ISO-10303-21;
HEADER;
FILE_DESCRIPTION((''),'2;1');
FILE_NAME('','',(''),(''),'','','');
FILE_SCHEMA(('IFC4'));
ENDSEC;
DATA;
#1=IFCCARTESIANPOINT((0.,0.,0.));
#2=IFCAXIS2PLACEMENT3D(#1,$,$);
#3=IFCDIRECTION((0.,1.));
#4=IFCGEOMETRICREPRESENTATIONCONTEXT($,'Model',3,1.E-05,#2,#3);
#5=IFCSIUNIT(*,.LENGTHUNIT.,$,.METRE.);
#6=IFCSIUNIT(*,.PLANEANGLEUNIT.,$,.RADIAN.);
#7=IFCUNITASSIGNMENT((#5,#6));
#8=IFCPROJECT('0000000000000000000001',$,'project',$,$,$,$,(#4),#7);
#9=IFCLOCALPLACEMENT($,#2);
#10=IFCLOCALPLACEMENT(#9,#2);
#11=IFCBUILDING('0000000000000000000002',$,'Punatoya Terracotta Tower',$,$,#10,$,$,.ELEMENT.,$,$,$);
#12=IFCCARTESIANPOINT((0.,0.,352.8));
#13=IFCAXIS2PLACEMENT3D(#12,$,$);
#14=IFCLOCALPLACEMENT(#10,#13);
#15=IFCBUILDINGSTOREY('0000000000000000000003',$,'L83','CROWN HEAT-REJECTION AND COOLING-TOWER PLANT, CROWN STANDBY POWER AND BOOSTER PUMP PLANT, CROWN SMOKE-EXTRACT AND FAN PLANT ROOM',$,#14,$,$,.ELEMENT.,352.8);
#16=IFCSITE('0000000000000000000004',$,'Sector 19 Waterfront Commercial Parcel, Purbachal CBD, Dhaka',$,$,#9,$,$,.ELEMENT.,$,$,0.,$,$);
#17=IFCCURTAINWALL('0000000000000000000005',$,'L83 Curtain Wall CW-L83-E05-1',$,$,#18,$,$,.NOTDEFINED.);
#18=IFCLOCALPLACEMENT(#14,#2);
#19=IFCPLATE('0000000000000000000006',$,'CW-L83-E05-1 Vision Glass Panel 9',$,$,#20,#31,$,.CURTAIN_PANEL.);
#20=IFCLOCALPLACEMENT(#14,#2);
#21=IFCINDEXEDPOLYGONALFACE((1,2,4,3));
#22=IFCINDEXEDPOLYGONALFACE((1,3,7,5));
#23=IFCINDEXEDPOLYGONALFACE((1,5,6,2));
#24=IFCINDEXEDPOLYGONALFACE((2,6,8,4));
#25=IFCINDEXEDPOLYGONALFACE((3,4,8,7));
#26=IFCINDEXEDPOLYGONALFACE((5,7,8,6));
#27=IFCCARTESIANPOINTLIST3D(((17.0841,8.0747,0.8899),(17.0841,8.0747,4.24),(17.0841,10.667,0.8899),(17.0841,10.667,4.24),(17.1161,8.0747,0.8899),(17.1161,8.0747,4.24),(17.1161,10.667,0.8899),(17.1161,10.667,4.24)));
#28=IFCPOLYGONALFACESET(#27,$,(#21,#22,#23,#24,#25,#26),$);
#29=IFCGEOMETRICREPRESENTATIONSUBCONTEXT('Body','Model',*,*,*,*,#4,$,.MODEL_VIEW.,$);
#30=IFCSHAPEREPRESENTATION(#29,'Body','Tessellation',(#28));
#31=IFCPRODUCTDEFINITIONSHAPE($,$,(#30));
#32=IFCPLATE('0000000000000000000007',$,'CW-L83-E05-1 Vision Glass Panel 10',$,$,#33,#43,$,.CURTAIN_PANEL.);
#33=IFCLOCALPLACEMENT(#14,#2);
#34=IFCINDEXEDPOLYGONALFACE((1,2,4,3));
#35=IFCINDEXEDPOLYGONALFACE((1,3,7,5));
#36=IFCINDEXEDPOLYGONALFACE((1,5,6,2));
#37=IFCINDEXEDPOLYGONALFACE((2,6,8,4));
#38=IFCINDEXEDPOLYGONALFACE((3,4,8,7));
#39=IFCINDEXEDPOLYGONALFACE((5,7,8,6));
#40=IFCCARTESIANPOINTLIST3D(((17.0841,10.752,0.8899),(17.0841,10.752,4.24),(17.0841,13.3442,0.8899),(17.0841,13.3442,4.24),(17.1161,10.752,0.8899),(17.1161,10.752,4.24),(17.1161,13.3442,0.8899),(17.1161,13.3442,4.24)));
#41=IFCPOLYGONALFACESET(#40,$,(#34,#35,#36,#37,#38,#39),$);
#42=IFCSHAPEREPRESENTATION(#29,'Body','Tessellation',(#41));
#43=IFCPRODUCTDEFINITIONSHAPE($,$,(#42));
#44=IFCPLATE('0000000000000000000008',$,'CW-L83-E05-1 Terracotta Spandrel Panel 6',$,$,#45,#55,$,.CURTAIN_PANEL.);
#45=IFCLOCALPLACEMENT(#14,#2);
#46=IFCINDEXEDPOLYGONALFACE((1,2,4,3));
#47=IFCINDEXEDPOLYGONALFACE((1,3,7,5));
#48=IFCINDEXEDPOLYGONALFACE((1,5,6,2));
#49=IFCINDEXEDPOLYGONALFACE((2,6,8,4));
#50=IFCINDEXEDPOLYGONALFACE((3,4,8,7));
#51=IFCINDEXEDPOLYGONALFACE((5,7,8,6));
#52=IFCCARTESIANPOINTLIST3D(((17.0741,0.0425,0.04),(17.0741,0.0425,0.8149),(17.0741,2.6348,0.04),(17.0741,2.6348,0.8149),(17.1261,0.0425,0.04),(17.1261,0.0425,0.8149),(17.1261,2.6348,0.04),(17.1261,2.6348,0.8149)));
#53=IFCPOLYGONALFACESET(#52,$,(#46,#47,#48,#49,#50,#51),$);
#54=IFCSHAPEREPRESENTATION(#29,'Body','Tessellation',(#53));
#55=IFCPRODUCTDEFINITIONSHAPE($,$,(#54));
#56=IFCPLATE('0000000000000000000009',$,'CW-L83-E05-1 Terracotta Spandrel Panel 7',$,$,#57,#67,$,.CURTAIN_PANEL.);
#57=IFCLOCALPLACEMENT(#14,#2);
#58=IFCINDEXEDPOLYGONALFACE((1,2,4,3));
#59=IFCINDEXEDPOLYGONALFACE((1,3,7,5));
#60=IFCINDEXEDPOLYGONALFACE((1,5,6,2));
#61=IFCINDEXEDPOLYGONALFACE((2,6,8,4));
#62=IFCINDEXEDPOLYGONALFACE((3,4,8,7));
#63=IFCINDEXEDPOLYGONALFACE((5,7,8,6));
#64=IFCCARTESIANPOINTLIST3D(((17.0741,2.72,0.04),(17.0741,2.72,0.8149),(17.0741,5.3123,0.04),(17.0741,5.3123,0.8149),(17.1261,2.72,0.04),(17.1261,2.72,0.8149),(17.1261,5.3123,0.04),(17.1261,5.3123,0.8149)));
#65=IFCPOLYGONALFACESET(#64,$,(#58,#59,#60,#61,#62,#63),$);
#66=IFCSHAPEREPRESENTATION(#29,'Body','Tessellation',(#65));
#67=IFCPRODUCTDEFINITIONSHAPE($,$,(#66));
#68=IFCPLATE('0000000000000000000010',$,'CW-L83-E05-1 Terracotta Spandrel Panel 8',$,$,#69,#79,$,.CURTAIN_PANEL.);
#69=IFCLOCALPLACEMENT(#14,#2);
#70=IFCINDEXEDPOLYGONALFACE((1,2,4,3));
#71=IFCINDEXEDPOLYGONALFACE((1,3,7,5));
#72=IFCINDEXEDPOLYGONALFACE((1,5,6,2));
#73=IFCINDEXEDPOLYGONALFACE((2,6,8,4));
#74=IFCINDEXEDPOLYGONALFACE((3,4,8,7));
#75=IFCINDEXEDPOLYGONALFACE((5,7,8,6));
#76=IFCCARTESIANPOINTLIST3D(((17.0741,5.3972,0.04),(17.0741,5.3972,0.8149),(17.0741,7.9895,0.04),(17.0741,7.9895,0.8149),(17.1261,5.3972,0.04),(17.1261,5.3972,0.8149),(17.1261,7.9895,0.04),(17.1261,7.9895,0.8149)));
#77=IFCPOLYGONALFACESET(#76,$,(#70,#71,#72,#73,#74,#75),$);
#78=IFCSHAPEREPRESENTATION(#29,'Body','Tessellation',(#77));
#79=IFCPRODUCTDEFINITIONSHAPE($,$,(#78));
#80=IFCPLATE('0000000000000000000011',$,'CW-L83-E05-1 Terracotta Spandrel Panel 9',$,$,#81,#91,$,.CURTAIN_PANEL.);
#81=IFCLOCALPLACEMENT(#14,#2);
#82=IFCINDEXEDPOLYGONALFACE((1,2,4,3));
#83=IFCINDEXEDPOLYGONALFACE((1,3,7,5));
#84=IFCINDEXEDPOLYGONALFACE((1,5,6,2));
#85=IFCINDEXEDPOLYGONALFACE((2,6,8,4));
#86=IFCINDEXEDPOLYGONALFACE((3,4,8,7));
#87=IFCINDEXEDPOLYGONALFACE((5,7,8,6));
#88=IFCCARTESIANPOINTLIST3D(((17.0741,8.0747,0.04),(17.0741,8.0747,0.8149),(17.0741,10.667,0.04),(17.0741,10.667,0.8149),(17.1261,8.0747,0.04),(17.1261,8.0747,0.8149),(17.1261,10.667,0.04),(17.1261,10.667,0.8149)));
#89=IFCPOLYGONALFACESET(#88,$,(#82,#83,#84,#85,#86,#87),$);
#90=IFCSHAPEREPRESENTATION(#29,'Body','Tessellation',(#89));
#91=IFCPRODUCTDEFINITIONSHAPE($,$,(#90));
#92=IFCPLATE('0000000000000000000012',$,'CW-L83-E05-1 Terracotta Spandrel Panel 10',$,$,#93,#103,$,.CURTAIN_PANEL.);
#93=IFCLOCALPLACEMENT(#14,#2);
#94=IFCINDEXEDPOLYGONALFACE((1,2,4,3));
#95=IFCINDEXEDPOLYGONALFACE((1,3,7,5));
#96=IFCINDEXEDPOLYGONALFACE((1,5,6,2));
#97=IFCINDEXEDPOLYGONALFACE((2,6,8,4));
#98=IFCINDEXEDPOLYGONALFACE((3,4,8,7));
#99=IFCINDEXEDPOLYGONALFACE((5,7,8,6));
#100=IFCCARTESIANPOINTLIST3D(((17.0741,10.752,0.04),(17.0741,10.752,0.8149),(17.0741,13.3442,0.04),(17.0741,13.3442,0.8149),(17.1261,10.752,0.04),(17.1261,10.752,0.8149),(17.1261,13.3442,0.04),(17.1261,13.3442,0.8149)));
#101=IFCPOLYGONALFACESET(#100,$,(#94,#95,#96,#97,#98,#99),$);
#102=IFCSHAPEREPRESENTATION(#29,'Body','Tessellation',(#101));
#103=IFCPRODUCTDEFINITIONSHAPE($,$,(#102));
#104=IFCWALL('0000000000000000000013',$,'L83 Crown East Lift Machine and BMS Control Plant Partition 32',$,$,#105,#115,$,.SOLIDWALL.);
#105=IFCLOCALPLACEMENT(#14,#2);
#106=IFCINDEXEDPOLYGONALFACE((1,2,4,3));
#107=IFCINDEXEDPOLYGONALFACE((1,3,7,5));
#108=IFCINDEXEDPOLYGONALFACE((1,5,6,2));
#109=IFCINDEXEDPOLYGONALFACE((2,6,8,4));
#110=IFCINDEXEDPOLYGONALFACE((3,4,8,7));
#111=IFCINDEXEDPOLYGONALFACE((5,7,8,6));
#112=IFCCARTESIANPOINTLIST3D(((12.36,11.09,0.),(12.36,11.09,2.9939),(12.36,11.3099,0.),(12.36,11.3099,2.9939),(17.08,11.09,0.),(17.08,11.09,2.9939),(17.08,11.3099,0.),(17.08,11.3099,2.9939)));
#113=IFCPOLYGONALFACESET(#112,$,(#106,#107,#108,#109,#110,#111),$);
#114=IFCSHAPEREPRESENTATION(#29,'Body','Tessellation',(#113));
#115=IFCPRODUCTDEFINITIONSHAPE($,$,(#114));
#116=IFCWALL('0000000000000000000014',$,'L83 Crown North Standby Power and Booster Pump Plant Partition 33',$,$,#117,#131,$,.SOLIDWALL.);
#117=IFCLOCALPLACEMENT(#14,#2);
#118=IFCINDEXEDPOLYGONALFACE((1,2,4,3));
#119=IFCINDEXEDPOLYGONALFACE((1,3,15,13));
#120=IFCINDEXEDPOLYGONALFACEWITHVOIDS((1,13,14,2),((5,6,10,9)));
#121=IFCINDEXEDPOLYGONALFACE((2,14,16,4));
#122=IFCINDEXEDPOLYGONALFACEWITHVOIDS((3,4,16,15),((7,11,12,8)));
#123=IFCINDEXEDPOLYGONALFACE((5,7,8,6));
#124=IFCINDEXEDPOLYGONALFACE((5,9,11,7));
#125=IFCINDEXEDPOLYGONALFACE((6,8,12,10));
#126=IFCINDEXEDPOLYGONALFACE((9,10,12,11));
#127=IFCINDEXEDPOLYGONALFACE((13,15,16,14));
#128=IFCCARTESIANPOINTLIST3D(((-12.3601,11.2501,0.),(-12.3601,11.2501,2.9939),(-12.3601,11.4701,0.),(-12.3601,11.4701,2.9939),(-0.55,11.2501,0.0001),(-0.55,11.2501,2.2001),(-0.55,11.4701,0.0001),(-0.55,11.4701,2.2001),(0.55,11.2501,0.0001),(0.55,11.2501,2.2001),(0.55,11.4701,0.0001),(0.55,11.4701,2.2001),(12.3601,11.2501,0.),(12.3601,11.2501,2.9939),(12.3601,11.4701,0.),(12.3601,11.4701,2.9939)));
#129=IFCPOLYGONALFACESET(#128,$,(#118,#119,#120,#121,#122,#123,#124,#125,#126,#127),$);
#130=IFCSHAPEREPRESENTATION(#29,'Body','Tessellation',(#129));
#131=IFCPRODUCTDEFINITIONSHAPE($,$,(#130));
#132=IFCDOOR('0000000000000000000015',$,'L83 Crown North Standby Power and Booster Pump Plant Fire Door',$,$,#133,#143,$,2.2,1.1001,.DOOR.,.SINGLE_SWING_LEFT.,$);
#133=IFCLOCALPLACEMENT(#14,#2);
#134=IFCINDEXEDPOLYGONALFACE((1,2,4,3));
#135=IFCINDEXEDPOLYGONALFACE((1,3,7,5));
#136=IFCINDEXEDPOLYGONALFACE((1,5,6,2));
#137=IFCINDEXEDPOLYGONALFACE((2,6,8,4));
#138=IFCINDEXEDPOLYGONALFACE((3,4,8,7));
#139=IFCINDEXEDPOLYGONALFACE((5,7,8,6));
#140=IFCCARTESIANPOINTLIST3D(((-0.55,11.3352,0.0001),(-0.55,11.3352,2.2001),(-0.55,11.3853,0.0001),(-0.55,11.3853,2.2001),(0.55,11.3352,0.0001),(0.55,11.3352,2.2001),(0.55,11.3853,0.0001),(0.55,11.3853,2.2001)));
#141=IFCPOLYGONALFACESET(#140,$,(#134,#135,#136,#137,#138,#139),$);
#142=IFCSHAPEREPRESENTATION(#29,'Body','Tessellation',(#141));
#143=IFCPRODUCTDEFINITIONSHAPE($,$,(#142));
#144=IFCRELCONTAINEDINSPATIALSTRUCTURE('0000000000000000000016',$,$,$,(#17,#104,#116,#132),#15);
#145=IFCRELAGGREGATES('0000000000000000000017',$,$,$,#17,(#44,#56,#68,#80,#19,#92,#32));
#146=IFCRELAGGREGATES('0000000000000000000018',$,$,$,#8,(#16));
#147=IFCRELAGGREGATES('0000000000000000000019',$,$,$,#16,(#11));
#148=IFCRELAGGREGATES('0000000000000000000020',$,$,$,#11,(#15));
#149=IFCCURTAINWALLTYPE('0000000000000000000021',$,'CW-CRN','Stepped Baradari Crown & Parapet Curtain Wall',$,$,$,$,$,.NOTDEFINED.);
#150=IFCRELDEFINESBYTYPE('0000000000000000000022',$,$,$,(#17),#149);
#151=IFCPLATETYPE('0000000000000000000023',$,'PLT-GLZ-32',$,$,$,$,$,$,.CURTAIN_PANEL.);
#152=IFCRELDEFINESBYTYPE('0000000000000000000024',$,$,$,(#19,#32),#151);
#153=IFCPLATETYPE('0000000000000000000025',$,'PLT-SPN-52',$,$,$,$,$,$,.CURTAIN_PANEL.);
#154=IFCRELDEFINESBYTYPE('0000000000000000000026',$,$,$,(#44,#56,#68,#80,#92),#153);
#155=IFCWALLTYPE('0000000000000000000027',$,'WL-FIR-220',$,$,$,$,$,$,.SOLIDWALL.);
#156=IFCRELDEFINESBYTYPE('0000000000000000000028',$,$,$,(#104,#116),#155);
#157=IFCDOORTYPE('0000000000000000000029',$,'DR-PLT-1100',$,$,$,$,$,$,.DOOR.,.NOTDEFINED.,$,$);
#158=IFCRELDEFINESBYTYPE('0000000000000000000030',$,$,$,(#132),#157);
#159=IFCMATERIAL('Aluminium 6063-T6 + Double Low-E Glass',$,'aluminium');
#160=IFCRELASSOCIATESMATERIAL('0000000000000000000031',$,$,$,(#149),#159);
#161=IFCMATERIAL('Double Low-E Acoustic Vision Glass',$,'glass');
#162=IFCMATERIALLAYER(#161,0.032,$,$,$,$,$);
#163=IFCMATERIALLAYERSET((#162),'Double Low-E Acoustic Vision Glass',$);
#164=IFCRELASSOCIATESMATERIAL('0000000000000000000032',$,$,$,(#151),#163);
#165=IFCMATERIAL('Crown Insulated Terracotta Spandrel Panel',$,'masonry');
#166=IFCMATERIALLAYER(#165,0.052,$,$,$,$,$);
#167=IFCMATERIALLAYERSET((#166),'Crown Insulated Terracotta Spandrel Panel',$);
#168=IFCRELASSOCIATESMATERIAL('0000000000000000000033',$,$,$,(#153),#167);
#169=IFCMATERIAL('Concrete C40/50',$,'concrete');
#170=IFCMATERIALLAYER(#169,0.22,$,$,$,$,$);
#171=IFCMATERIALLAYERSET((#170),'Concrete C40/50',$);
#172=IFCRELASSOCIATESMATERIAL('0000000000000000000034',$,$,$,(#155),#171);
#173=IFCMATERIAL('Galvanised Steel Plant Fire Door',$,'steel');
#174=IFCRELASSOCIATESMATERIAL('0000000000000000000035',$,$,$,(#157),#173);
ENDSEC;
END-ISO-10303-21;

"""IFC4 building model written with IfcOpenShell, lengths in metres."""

from ifc_helpers import new_model, si_unit, direction, frame, frame_2d, origin, origin_2d, place, context, subcontext, project, spatial, rectangle, extrude, material, layer, layer_set, type_object, element, fill, aggregate, save


model = new_model("IFC4")

# Units and contexts
model_context = context("Model", 3, precision=1e-05, world=origin(), true_north=direction((0.0, 1.0)))
body_context = subcontext(model_context, "Body", "Model", "MODEL_VIEW")
ifc_project = project(units=[si_unit("LENGTHUNIT", "METRE"), si_unit("PLANEANGLEUNIT", "RADIAN")], contexts=[model_context])

# Site, building, storey
site_placement = place(None, origin())
site = spatial("IfcSite", under=ifc_project, at=site_placement, Name="Sector 19 Waterfront Commercial Parcel, Purbachal CBD, Dhaka", CompositionType="ELEMENT", RefElevation=0.0)
building_placement = place(site_placement, origin())
building = spatial("IfcBuilding", under=site, at=building_placement, Name="Punatoya Terracotta Tower", CompositionType="ELEMENT")
storey_placement = place(building_placement, frame((0.0, 0.0, 352.8)))
storey = spatial("IfcBuildingStorey", under=building, at=storey_placement, Name="L83", Description="CROWN HEAT-REJECTION AND COOLING-TOWER PLANT, CROWN STANDBY POWER AND BOOSTER PUMP PLANT, CROWN SMOKE-EXTRACT AND FAN PLANT ROOM", CompositionType="ELEMENT", Elevation=352.8)

# Curtain wall, plates
ifc_material_1 = material(Name="Aluminium 6063-T6 + Double Low-E Glass", Category="aluminium")
curtain_wall_type = type_object("IfcCurtainWallType", Name="CW-CRN", Description="Stepped Baradari Crown & Parapet Curtain Wall", PredefinedType="NOTDEFINED", material=ifc_material_1)
curtain_wall_placement = place(storey_placement, origin())
curtain_wall = element("IfcCurtainWall", 1, at=curtain_wall_placement, inside=storey, type_object=curtain_wall_type, Name="L83 Curtain Wall CW-L83-E05-1", PredefinedType="NOTDEFINED")
ifc_material_2 = material(Name="Double Low-E Acoustic Vision Glass", Category="glass")
ifc_layer_1 = layer(ifc_material_2, 0.032)
ifc_layer_set_1 = layer_set([ifc_layer_1], Name="Double Low-E Acoustic Vision Glass")
plate_type_1 = type_object("IfcPlateType", Name="PLT-GLZ-32", PredefinedType="CURTAIN_PANEL", material=ifc_layer_set_1)
plate_1_placement = place(storey_placement, frame((17.1001, 9.3708, 0.8899), z_axis=(0.0, 0.0, 1.0), x_axis=(0.0, 1.0, 0.0)))
plate_1 = element("IfcPlate", 2, at=plate_1_placement, type_object=plate_type_1, Name="CW-L83-E05-1 Vision Glass Panel 9", PredefinedType="CURTAIN_PANEL", context=body_context, shape_type="SweptSolid", body=[
    extrude(rectangle(XDim=2.5923, YDim=0.032, at=origin_2d()), origin(), (0.0, 0.0, 1.0), 3.3501),
])
plate_2_placement = place(storey_placement, frame((17.1001, 12.0481, 0.8899), z_axis=(0.0, 0.0, 1.0), x_axis=(0.0, 1.0, 0.0)))
plate_2 = element("IfcPlate", 3, at=plate_2_placement, type_object=plate_type_1, Name="CW-L83-E05-1 Vision Glass Panel 10", PredefinedType="CURTAIN_PANEL", context=body_context, shape_type="SweptSolid", body=[
    extrude(rectangle(XDim=2.5923, YDim=0.032, at=origin_2d()), origin(), (0.0, 0.0, 1.0), 3.3501),
])
ifc_material_3 = material(Name="Crown Insulated Terracotta Spandrel Panel", Category="masonry")
ifc_layer_2 = layer(ifc_material_3, 0.052)
ifc_layer_set_2 = layer_set([ifc_layer_2], Name="Crown Insulated Terracotta Spandrel Panel")
plate_type_2 = type_object("IfcPlateType", Name="PLT-SPN-52", PredefinedType="CURTAIN_PANEL", material=ifc_layer_set_2)
plate_3_placement = place(storey_placement, frame((17.1001, 1.3386, 0.04), z_axis=(0.0, 0.0, 1.0), x_axis=(0.0, 1.0, 0.0)))
plate_3 = element("IfcPlate", 4, at=plate_3_placement, type_object=plate_type_2, Name="CW-L83-E05-1 Terracotta Spandrel Panel 6", PredefinedType="CURTAIN_PANEL", context=body_context, shape_type="SweptSolid", body=[
    extrude(rectangle(XDim=2.5923, YDim=0.052, at=origin_2d()), origin(), (0.0, 0.0, 1.0), 0.7749),
])
plate_4_placement = place(storey_placement, frame((17.1001, 4.0161, 0.04), z_axis=(0.0, 0.0, 1.0), x_axis=(0.0, 1.0, 0.0)))
plate_4 = element("IfcPlate", 5, at=plate_4_placement, type_object=plate_type_2, Name="CW-L83-E05-1 Terracotta Spandrel Panel 7", PredefinedType="CURTAIN_PANEL", context=body_context, shape_type="SweptSolid", body=[
    extrude(rectangle(XDim=2.5923, YDim=0.052, at=origin_2d()), origin(), (0.0, 0.0, 1.0), 0.7749),
])
plate_5_placement = place(storey_placement, frame((17.1001, 6.6934, 0.04), z_axis=(0.0, 0.0, 1.0), x_axis=(0.0, 1.0, 0.0)))
plate_5 = element("IfcPlate", 6, at=plate_5_placement, type_object=plate_type_2, Name="CW-L83-E05-1 Terracotta Spandrel Panel 8", PredefinedType="CURTAIN_PANEL", context=body_context, shape_type="SweptSolid", body=[
    extrude(rectangle(XDim=2.5923, YDim=0.052, at=origin_2d()), origin(), (0.0, 0.0, 1.0), 0.7749),
])
plate_6_placement = place(storey_placement, frame((17.1001, 9.3708, 0.04), z_axis=(0.0, 0.0, 1.0), x_axis=(0.0, 1.0, 0.0)))
plate_6 = element("IfcPlate", 7, at=plate_6_placement, type_object=plate_type_2, Name="CW-L83-E05-1 Terracotta Spandrel Panel 9", PredefinedType="CURTAIN_PANEL", context=body_context, shape_type="SweptSolid", body=[
    extrude(rectangle(XDim=2.5923, YDim=0.052, at=origin_2d()), origin(), (0.0, 0.0, 1.0), 0.7749),
])
plate_7_placement = place(storey_placement, frame((17.1001, 12.0481, 0.04), z_axis=(0.0, 0.0, 1.0), x_axis=(0.0, 1.0, 0.0)))
plate_7 = element("IfcPlate", 8, at=plate_7_placement, type_object=plate_type_2, Name="CW-L83-E05-1 Terracotta Spandrel Panel 10", PredefinedType="CURTAIN_PANEL", context=body_context, shape_type="SweptSolid", body=[
    extrude(rectangle(XDim=2.5923, YDim=0.052, at=origin_2d()), origin(), (0.0, 0.0, 1.0), 0.7749),
])
aggregate(curtain_wall, [plate_3, plate_4, plate_5, plate_6, plate_1, plate_7, plate_2])

# Wall
ifc_material_4 = material(Name="Concrete C40/50", Category="concrete")
ifc_layer_3 = layer(ifc_material_4, 0.22)
ifc_layer_set_3 = layer_set([ifc_layer_3], Name="Concrete C40/50")
wall_type = type_object("IfcWallType", Name="WL-FIR-220", PredefinedType="SOLIDWALL", material=ifc_layer_set_3)
wall_1_placement = place(storey_placement, frame((12.3601, 11.2, 0.0), z_axis=(0.0, 0.0, 1.0), x_axis=(1.0, 0.0, 0.0)))
element("IfcWall", 9, at=wall_1_placement, inside=storey, type_object=wall_type, Name="L83 Crown East Lift Machine and BMS Control Plant Partition 32", PredefinedType="SOLIDWALL", context=body_context, shape_type="SweptSolid", body=[
    extrude(rectangle(XDim=4.72, YDim=0.22, at=frame_2d((2.3599, 0.0))), origin(), (0.0, 0.0, 1.0), 2.9939),
])

# Wall, opening, door
wall_2_placement = place(storey_placement, frame((12.3601, 11.3601, 0.0), z_axis=(0.0, 0.0, 1.0), x_axis=(-1.0, 0.0, 0.0)))
wall_2 = element("IfcWall", 10, at=wall_2_placement, inside=storey, type_object=wall_type, Name="L83 Crown North Standby Power and Booster Pump Plant Partition 33", PredefinedType="SOLIDWALL", context=body_context, shape_type="SweptSolid", body=[
    extrude(rectangle(XDim=24.7202, YDim=0.22, at=frame_2d((12.3601, 0.0))), origin(), (0.0, 0.0, 1.0), 2.9939),
])
opening_placement = place(wall_2_placement, frame((11.8101, 0.0, 0.0)))
opening = element("IfcOpeningElement", 11, at=opening_placement, cuts=wall_2, PredefinedType="OPENING", context=body_context, shape_type="SweptSolid", body=[
    extrude(rectangle(XDim=1.1001, YDim=2.2, at=frame_2d((0.55, 1.1001))), frame((0.0, 0.1199, 0.0), z_axis=(0.0, -1.0, 0.0), x_axis=(1.0, 0.0, 0.0)), (0.0, 0.0, 1.0), 0.24),
])
ifc_material_5 = material(Name="Galvanised Steel Plant Fire Door", Category="steel")
door_type = type_object("IfcDoorType", Name="DR-PLT-1100", OperationType="NOTDEFINED", PredefinedType="DOOR", material=ifc_material_5)
door_placement = place(opening_placement, origin())
door = element("IfcDoor", 12, at=door_placement, inside=storey, type_object=door_type, Name="L83 Crown North Standby Power and Booster Pump Plant Fire Door", OperationType="SINGLE_SWING_LEFT", OverallHeight=2.2, OverallWidth=1.1001, PredefinedType="DOOR", context=body_context, shape_type="SweptSolid", body=[
    extrude(rectangle(XDim=1.1001, YDim=2.2, at=frame_2d((0.55, 1.1001))), frame((0.0, 0.0249, 0.0), z_axis=(0.0, -1.0, 0.0), x_axis=(1.0, 0.0, 0.0)), (0.0, 0.0, 1.0), 0.05),
])
fill(opening, door)

save(model, "model.ifc")
